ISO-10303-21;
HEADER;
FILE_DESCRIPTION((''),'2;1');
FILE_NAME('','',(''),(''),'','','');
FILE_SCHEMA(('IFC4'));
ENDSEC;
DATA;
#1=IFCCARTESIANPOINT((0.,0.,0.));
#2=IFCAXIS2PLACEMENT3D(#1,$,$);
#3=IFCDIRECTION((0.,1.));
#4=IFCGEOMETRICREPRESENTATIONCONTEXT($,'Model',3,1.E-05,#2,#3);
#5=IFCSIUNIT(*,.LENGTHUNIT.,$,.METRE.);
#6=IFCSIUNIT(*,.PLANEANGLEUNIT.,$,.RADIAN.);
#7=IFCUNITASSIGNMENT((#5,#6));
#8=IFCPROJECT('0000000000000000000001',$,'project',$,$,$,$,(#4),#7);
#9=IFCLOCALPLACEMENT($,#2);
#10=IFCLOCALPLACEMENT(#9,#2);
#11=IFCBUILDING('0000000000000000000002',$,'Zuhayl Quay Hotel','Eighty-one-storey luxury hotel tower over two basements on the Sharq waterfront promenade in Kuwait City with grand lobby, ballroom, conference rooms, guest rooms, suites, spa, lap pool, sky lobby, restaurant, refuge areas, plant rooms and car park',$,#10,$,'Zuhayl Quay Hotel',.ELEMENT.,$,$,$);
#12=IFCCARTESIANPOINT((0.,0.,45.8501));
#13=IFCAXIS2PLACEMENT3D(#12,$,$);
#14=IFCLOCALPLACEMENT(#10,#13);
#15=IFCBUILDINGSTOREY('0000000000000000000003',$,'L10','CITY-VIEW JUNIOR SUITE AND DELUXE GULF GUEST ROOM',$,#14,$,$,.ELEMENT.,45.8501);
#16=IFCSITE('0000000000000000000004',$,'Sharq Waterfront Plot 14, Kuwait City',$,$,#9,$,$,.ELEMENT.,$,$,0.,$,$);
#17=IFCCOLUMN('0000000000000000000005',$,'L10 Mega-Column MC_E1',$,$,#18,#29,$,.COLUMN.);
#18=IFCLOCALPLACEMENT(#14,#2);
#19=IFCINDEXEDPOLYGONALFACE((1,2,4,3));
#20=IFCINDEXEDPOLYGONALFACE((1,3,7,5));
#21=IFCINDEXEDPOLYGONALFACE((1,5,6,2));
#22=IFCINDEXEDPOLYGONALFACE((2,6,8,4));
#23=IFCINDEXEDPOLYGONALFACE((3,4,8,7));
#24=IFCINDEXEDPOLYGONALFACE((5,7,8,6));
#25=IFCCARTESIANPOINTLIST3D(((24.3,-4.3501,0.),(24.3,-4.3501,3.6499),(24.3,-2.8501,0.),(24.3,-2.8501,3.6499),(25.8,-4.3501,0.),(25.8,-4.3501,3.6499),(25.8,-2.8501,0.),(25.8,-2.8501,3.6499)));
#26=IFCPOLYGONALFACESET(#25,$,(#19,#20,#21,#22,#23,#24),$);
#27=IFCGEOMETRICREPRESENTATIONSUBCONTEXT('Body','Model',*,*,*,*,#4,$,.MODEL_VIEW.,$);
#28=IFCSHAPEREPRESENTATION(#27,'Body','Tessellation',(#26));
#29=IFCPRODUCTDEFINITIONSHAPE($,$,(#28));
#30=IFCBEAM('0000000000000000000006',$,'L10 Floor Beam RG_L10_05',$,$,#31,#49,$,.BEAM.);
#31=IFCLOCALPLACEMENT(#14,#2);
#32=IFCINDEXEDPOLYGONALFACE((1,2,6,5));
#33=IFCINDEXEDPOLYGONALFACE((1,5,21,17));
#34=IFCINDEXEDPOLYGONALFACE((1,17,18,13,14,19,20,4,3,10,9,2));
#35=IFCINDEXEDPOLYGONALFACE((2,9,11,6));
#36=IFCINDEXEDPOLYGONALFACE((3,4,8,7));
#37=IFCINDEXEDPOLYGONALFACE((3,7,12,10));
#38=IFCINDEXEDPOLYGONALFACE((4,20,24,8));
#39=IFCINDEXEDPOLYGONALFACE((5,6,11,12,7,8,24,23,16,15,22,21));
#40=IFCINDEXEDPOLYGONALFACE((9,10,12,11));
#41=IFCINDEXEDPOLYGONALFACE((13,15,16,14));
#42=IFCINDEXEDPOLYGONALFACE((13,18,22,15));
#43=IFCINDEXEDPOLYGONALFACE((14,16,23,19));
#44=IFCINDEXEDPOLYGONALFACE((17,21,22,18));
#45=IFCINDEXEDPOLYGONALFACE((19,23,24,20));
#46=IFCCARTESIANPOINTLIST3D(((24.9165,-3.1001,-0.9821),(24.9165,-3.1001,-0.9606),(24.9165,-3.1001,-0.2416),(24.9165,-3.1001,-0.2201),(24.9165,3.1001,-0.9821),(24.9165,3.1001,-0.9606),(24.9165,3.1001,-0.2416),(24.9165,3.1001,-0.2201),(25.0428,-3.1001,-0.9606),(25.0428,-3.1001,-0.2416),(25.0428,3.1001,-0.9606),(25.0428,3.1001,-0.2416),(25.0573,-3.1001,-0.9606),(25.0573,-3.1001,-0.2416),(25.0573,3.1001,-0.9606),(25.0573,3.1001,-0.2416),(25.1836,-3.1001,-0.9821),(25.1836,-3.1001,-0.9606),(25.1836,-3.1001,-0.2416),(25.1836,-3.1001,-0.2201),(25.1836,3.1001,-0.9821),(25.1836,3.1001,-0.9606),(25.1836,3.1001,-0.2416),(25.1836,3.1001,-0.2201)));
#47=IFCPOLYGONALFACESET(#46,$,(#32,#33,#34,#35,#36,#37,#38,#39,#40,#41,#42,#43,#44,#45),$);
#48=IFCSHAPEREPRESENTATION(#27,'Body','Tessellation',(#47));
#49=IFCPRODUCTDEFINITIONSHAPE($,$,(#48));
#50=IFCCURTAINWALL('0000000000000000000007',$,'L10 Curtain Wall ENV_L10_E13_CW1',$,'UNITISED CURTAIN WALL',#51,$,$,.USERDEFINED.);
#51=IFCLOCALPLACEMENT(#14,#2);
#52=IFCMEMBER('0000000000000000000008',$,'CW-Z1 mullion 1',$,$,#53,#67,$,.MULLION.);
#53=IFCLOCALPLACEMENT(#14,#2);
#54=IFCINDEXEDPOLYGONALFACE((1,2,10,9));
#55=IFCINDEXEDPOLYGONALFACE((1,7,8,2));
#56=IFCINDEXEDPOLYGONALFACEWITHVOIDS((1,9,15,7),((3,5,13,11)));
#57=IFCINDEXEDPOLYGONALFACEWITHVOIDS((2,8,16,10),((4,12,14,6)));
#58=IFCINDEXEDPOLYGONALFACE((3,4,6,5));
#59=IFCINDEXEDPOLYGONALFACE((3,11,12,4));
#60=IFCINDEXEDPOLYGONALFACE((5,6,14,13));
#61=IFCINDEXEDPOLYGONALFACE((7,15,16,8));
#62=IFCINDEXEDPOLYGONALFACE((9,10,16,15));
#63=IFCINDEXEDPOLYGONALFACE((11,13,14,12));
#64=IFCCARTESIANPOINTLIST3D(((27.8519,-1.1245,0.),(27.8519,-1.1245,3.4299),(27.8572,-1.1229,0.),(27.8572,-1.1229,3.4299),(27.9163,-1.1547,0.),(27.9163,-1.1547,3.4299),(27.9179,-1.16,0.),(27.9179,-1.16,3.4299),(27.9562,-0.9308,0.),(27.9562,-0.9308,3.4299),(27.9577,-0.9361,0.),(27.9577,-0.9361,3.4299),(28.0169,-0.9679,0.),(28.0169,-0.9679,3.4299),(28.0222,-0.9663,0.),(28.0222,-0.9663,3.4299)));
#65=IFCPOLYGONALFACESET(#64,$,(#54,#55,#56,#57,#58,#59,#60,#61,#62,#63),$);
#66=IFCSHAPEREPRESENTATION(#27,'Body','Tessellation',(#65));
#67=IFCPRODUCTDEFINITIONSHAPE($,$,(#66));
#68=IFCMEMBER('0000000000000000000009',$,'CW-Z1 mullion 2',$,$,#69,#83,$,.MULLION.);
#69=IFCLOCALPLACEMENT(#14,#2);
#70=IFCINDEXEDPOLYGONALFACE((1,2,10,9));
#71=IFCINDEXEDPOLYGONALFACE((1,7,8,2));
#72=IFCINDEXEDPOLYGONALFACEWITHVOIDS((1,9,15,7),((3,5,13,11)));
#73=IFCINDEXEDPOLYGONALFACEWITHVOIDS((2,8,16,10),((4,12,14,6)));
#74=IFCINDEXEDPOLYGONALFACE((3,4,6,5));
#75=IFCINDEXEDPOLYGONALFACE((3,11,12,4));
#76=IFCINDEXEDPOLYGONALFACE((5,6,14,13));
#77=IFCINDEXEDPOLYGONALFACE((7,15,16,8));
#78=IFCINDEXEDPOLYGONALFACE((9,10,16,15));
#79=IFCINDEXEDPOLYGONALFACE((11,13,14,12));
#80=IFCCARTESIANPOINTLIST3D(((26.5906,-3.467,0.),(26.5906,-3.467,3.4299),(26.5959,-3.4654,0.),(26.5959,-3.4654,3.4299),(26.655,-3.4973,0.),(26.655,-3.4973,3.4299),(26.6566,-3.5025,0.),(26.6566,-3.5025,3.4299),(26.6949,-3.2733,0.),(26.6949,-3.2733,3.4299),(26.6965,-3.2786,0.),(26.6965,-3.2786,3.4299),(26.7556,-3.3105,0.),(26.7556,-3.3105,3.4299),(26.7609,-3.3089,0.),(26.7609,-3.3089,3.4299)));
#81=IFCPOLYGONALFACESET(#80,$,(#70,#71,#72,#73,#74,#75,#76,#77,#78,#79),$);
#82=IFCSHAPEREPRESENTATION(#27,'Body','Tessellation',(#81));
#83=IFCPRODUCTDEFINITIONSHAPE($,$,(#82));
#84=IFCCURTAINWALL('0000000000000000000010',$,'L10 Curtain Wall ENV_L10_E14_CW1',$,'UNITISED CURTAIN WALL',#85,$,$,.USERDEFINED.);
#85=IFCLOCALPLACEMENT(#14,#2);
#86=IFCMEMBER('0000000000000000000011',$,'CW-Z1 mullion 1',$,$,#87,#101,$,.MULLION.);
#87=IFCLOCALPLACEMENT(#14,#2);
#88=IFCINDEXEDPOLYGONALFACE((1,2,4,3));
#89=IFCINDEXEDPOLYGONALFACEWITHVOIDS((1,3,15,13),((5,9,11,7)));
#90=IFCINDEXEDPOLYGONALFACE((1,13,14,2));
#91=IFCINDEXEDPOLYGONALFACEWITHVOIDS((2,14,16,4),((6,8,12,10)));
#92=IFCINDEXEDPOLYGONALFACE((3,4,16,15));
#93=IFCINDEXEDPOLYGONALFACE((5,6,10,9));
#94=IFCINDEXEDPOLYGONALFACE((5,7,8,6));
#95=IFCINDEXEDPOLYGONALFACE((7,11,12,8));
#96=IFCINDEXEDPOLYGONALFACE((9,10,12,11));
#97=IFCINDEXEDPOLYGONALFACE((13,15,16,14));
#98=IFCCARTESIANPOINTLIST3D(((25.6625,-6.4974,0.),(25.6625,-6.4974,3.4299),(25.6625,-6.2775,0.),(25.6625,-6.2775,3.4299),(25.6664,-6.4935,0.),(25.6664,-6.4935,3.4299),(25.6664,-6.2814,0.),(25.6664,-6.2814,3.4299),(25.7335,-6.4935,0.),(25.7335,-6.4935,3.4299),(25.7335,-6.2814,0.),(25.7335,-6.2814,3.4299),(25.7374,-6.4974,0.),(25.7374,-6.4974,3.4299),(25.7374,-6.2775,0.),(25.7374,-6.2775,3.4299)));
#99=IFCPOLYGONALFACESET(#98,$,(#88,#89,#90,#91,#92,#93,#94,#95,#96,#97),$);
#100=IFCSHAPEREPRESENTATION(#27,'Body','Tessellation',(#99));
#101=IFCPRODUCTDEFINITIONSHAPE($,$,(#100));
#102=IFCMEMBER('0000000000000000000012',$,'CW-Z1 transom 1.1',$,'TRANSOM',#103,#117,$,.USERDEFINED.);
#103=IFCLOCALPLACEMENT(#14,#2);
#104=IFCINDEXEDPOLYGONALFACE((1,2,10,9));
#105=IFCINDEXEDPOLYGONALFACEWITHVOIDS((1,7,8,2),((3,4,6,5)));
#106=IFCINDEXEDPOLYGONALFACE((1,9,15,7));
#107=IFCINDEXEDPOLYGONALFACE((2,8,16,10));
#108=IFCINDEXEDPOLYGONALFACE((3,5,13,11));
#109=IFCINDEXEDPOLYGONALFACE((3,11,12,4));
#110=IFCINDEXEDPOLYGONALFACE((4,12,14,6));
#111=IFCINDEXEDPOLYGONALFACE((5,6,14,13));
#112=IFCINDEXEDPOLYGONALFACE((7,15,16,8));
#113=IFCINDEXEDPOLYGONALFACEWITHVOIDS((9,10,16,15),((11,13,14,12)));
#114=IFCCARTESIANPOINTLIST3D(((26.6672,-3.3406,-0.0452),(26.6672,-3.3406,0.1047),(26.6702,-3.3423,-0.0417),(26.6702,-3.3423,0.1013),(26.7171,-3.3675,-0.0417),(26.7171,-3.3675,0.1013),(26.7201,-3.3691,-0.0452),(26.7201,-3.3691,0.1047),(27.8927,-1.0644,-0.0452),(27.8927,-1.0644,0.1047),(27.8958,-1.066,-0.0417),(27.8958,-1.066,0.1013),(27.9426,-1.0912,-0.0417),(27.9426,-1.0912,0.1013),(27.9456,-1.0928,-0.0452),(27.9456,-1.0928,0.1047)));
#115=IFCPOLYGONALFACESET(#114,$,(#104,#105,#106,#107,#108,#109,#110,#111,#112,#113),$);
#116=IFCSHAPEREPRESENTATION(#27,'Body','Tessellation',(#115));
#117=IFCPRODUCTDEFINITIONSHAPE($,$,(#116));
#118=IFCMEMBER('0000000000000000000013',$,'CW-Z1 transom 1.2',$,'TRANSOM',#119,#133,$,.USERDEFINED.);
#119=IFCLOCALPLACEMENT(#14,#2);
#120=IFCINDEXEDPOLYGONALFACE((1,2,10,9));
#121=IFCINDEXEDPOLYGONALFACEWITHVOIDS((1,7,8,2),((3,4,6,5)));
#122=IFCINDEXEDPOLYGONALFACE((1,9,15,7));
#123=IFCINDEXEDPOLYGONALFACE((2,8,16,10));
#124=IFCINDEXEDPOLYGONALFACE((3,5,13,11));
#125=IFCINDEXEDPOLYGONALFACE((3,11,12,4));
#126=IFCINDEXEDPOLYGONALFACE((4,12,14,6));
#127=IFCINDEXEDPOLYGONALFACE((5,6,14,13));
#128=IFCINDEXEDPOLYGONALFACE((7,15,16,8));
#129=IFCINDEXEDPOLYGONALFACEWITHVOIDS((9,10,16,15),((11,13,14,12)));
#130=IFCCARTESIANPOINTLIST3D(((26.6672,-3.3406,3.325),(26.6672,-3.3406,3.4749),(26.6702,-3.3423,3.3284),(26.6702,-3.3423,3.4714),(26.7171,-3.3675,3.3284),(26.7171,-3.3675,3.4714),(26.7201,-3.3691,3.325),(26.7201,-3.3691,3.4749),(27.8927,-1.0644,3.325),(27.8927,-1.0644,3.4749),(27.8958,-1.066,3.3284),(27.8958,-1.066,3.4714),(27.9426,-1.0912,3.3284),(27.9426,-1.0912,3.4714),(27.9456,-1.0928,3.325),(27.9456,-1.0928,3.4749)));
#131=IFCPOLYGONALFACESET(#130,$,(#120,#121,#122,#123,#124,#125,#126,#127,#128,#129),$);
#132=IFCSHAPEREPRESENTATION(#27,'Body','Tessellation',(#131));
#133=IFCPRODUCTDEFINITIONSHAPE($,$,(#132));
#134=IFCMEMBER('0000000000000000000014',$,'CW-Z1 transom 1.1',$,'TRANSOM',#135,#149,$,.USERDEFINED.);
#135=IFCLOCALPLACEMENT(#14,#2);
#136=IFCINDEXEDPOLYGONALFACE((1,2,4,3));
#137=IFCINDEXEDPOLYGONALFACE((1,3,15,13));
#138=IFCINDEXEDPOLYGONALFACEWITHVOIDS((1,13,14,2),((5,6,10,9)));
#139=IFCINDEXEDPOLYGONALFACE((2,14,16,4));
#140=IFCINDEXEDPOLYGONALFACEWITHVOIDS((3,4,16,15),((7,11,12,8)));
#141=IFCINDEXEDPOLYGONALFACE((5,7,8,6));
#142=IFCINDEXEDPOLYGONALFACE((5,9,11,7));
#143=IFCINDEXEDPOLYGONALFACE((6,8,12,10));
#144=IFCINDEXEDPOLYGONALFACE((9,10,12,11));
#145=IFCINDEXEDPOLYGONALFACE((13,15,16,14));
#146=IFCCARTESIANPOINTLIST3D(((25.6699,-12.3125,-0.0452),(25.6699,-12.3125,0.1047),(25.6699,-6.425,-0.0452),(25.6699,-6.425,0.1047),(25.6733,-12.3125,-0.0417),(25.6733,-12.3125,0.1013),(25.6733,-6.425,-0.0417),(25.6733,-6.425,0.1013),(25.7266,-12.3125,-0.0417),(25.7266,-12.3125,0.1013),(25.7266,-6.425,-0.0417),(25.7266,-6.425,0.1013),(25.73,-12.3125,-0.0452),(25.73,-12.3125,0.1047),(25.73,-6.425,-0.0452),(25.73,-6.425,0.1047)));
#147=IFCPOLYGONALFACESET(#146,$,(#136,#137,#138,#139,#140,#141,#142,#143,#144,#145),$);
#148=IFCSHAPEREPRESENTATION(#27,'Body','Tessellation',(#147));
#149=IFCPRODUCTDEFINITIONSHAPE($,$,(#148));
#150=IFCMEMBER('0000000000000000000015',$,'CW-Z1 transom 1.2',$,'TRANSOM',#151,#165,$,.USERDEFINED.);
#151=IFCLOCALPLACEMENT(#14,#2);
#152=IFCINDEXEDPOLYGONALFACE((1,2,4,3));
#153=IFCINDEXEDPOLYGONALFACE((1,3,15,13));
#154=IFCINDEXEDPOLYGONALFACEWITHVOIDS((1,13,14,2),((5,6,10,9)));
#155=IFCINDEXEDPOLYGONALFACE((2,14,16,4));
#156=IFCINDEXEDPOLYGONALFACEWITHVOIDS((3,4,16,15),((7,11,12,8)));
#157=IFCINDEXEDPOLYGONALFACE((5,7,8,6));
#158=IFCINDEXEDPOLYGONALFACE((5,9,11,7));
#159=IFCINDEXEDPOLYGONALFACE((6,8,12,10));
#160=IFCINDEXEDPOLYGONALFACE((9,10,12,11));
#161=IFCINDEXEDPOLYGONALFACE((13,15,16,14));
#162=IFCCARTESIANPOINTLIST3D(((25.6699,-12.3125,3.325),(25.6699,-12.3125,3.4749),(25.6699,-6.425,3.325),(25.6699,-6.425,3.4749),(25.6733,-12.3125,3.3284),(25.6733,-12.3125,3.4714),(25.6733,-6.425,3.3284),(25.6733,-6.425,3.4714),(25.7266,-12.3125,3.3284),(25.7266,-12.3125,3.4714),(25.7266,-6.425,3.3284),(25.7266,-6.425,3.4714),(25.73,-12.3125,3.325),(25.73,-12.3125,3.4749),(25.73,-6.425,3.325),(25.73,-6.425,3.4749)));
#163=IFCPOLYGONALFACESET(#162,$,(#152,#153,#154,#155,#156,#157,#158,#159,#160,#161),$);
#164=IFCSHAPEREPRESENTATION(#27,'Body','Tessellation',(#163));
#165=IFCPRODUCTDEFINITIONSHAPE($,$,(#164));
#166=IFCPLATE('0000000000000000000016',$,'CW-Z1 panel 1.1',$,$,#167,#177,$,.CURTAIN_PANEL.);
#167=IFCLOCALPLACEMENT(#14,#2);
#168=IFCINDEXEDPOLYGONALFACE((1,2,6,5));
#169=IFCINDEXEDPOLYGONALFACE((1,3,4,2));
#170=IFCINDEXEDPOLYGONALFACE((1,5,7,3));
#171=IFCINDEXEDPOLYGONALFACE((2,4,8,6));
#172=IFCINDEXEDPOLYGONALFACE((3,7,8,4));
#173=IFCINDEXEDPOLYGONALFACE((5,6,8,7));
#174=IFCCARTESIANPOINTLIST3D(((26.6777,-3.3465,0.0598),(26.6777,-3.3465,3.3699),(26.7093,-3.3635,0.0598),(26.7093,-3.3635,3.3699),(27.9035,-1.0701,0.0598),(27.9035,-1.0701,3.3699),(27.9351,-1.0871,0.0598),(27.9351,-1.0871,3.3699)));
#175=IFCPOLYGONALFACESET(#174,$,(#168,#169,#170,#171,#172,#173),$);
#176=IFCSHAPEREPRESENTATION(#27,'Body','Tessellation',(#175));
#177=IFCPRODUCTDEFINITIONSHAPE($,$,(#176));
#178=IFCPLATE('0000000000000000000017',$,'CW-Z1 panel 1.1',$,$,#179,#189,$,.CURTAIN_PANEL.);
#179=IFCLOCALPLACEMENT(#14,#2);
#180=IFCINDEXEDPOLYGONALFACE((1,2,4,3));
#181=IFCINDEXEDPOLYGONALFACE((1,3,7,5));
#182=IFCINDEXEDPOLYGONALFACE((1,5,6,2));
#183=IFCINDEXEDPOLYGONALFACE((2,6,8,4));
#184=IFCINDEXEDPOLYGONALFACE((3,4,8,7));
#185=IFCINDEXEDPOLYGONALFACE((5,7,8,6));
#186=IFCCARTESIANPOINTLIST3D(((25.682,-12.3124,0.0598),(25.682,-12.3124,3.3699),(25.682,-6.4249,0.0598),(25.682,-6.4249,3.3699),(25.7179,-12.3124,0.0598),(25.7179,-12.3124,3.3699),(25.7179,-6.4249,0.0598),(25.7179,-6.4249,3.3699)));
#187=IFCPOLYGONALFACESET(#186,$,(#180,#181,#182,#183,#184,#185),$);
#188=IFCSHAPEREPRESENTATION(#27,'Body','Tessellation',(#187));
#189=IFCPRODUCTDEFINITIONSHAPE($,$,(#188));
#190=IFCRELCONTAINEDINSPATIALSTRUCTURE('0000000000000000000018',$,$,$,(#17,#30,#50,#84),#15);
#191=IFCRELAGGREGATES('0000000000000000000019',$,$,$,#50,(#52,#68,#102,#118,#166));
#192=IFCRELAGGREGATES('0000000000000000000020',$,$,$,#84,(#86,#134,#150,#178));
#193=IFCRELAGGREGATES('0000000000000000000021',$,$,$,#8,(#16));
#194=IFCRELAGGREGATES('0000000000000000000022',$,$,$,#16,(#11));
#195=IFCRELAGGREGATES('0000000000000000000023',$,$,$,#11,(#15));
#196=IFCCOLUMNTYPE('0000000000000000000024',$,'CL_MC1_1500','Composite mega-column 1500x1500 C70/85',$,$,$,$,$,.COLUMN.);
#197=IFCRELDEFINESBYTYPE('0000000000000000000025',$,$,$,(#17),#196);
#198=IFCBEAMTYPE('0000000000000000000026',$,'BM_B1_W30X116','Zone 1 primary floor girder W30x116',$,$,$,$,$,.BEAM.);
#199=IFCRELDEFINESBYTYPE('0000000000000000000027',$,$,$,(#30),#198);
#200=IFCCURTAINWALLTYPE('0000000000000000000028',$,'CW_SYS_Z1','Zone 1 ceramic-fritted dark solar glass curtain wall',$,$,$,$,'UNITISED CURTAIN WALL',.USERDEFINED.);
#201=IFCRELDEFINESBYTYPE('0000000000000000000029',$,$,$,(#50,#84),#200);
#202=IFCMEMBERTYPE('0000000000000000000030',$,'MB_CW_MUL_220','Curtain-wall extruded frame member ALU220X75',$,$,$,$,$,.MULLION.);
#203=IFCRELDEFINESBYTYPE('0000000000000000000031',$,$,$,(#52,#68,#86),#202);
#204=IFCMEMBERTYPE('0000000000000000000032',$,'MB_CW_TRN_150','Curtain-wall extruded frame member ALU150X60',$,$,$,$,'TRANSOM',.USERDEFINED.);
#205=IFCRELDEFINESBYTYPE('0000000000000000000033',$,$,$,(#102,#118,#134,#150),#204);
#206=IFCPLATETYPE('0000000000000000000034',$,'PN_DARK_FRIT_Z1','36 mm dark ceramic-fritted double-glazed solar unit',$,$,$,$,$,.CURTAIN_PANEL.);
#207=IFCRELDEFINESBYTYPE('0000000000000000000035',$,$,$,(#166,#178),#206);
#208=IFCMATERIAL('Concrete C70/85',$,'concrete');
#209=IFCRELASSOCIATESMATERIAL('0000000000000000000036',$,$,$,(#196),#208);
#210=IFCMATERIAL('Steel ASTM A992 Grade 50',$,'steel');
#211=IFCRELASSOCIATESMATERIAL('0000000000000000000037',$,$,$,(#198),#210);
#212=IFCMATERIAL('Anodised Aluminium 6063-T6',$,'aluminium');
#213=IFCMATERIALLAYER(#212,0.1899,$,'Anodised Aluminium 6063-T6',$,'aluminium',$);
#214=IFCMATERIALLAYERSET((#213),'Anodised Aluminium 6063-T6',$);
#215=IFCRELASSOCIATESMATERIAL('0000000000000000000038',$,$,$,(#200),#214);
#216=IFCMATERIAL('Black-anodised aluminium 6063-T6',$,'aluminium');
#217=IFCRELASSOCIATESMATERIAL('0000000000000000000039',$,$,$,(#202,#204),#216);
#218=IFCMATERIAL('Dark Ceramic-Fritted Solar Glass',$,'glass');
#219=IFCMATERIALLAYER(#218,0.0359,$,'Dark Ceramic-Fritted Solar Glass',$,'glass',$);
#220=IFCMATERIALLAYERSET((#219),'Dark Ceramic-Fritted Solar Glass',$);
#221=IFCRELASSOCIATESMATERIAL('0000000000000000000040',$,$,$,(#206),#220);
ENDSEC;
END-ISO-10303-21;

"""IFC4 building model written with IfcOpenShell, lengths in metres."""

from ifc_helpers import new_model, si_unit, direction, frame, origin, origin_2d, place, context, subcontext, project, spatial, rectangle, hollow_rectangle, i_section, extrude, material, layer, layer_set, material_profile, profile_set, type_object, element, aggregate, save


model = new_model("IFC4")

# Units and contexts
model_context = context("Model", 3, precision=1e-05, world=origin(), true_north=direction((0.0, 1.0)))
body_context = subcontext(model_context, "Body", "Model", "MODEL_VIEW")
ifc_project = project(units=[si_unit("LENGTHUNIT", "METRE"), si_unit("PLANEANGLEUNIT", "RADIAN")], contexts=[model_context])

# Site, building, storey
site_placement = place(None, origin())
site = spatial("IfcSite", under=ifc_project, at=site_placement, Name="Sharq Waterfront Plot 14, Kuwait City", CompositionType="ELEMENT", RefElevation=0.0)
building_placement = place(site_placement, origin())
building = spatial("IfcBuilding", under=site, at=building_placement, Name="Zuhayl Quay Hotel", Description="Eighty-one-storey luxury hotel tower over two basements on the Sharq waterfront promenade in Kuwait City with grand lobby, ballroom, conference rooms, guest rooms, suites, spa, lap pool, sky lobby, restaurant, refuge areas, plant rooms and car park", LongName="Zuhayl Quay Hotel", CompositionType="ELEMENT")
storey_placement = place(building_placement, frame((0.0, 0.0, 45.8501)))
storey = spatial("IfcBuildingStorey", under=building, at=storey_placement, Name="L10", Description="CITY-VIEW JUNIOR SUITE AND DELUXE GULF GUEST ROOM", CompositionType="ELEMENT", Elevation=45.8501)

# Column
ifc_material_1 = material(Name="Concrete C70/85", Category="concrete")
ifc_material_profile_1 = material_profile(ifc_material_1, rectangle(XDim=1.5, YDim=1.5, at=origin_2d()), Name="RC1500X1500")
ifc_profile_set_1 = profile_set([ifc_material_profile_1], Name="Concrete C70/85")
column_type = type_object("IfcColumnType", Name="CL_MC1_1500", Description="Composite mega-column 1500x1500 C70/85", PredefinedType="COLUMN", material=ifc_profile_set_1)
column_placement = place(storey_placement, frame((25.05, -3.6001, 0.0), z_axis=(0.0, 0.0, 1.0), x_axis=(1.0, 0.0, 0.0)))
element("IfcColumn", 1, at=column_placement, inside=storey, type_object=column_type, Name="L10 Mega-Column MC_E1", PredefinedType="COLUMN", context=body_context, shape_type="SweptSolid", body=[
    extrude(rectangle(XDim=1.5, YDim=1.5, at=origin_2d()), origin(), (0.0, 0.0, 1.0), 3.6499),
])

# Beam
ifc_material_2 = material(Name="Steel ASTM A992 Grade 50", Category="steel")
ifc_material_profile_2 = material_profile(ifc_material_2, i_section(OverallWidth=0.2671, OverallDepth=0.762, WebThickness=0.0144, FlangeThickness=0.0215, at=origin_2d()), Name="W30X116")
ifc_profile_set_2 = profile_set([ifc_material_profile_2], Name="Steel ASTM A992 Grade 50")
beam_type = type_object("IfcBeamType", Name="BM_B1_W30X116", Description="Zone 1 primary floor girder W30x116", PredefinedType="BEAM", material=ifc_profile_set_2)
beam_placement = place(storey_placement, frame((25.05, -3.1001, -0.6011), z_axis=(0.0, 1.0, 0.0), x_axis=(-1.0, 0.0, 0.0)))
element("IfcBeam", 2, at=beam_placement, inside=storey, type_object=beam_type, Name="L10 Floor Beam RG_L10_05", PredefinedType="BEAM", context=body_context, shape_type="SweptSolid", body=[
    extrude(i_section(OverallWidth=0.2671, OverallDepth=0.762, WebThickness=0.0144, FlangeThickness=0.0215, at=origin_2d()), origin(), (0.0, 0.0, 1.0), 6.2002),
])

# Curtain wall, members
ifc_material_3 = material(Name="Anodised Aluminium 6063-T6", Category="aluminium")
ifc_layer_1 = layer(ifc_material_3, 0.1899, Name="Anodised Aluminium 6063-T6", Category="aluminium")
ifc_layer_set_1 = layer_set([ifc_layer_1], Name="Anodised Aluminium 6063-T6")
curtain_wall_type = type_object("IfcCurtainWallType", Name="CW_SYS_Z1", Description="Zone 1 ceramic-fritted dark solar glass curtain wall", ElementType="UNITISED CURTAIN WALL", PredefinedType="USERDEFINED", material=ifc_layer_set_1)
curtain_wall_1_placement = place(storey_placement, origin())
curtain_wall_1 = element("IfcCurtainWall", 3, at=curtain_wall_1_placement, inside=storey, type_object=curtain_wall_type, Name="L10 Curtain Wall ENV_L10_E13_CW1", ObjectType="UNITISED CURTAIN WALL", PredefinedType="USERDEFINED")
ifc_material_4 = material(Name="Black-anodised aluminium 6063-T6", Category="aluminium")
ifc_material_profile_3 = material_profile(ifc_material_4, hollow_rectangle(XDim=0.075, YDim=0.22, WallThickness=0.0039, at=origin_2d()), Name="ALU220X75")
ifc_profile_set_3 = profile_set([ifc_material_profile_3], Name="Black-anodised aluminium 6063-T6")
member_type_1 = type_object("IfcMemberType", Name="MB_CW_MUL_220", Description="Curtain-wall extruded frame member ALU220X75", PredefinedType="MULLION", material=ifc_profile_set_3)
member_1_placement = place(storey_placement, frame((27.937, -1.0454, 0.0), z_axis=(0.0, 0.0, 1.0), x_axis=(0.880476, -0.474091, 0.0)))
member_1 = element("IfcMember", 4, at=member_1_placement, type_object=member_type_1, Name="CW-Z1 mullion 1", PredefinedType="MULLION", context=body_context, shape_type="SweptSolid", body=[
    extrude(hollow_rectangle(XDim=0.075, YDim=0.22, WallThickness=0.0039, at=origin_2d()), origin(), (0.0, 0.0, 1.0), 3.4299),
])
member_2_placement = place(storey_placement, frame((26.6758, -3.3879, 0.0), z_axis=(0.0, 0.0, 1.0), x_axis=(0.880476, -0.474091, 0.0)))
member_2 = element("IfcMember", 5, at=member_2_placement, type_object=member_type_1, Name="CW-Z1 mullion 2", PredefinedType="MULLION", context=body_context, shape_type="SweptSolid", body=[
    extrude(hollow_rectangle(XDim=0.075, YDim=0.22, WallThickness=0.0039, at=origin_2d()), origin(), (0.0, 0.0, 1.0), 3.4299),
])

# Curtain wall, member
curtain_wall_2_placement = place(storey_placement, origin())
curtain_wall_2 = element("IfcCurtainWall", 6, at=curtain_wall_2_placement, inside=storey, type_object=curtain_wall_type, Name="L10 Curtain Wall ENV_L10_E14_CW1", ObjectType="UNITISED CURTAIN WALL", PredefinedType="USERDEFINED")
member_3_placement = place(storey_placement, frame((25.7, -6.3875, 0.0), z_axis=(0.0, 0.0, 1.0), x_axis=(1.0, 0.0, 0.0)))
member_3 = element("IfcMember", 7, at=member_3_placement, type_object=member_type_1, Name="CW-Z1 mullion 1", PredefinedType="MULLION", context=body_context, shape_type="SweptSolid", body=[
    extrude(hollow_rectangle(XDim=0.075, YDim=0.22, WallThickness=0.0039, at=origin_2d()), origin(), (0.0, 0.0, 1.0), 3.4299),
])

# Members
ifc_material_profile_4 = material_profile(ifc_material_4, hollow_rectangle(XDim=0.0601, YDim=0.1499, WallThickness=0.0034, at=origin_2d()), Name="ALU150X60")
ifc_profile_set_4 = profile_set([ifc_material_profile_4], Name="Black-anodised aluminium 6063-T6")
member_type_2 = type_object("IfcMemberType", Name="MB_CW_TRN_150", Description="Curtain-wall extruded frame member ALU150X60", ElementType="TRANSOM", PredefinedType="USERDEFINED", material=ifc_profile_set_4)
member_4_placement = place(storey_placement, frame((27.9192, -1.0786, 0.0298), z_axis=(-0.474055, -0.880495, 0.0), x_axis=(0.880495, -0.474055, 0.0)))
member_4 = element("IfcMember", 8, at=member_4_placement, type_object=member_type_2, Name="CW-Z1 transom 1.1", ObjectType="TRANSOM", PredefinedType="USERDEFINED", context=body_context, shape_type="SweptSolid", body=[
    extrude(hollow_rectangle(XDim=0.0601, YDim=0.1499, WallThickness=0.0034, at=origin_2d()), origin(), (0.0, 0.0, 1.0), 2.5852),
])
member_5_placement = place(storey_placement, frame((27.9192, -1.0786, 3.3999), z_axis=(-0.474055, -0.880495, 0.0), x_axis=(0.880495, -0.474055, 0.0)))
member_5 = element("IfcMember", 9, at=member_5_placement, type_object=member_type_2, Name="CW-Z1 transom 1.2", ObjectType="TRANSOM", PredefinedType="USERDEFINED", context=body_context, shape_type="SweptSolid", body=[
    extrude(hollow_rectangle(XDim=0.0601, YDim=0.1499, WallThickness=0.0034, at=origin_2d()), origin(), (0.0, 0.0, 1.0), 2.5852),
])
member_6_placement = place(storey_placement, frame((25.7, -6.425, 0.0298), z_axis=(0.0, -1.0, 0.0), x_axis=(1.0, 0.0, 0.0)))
member_6 = element("IfcMember", 10, at=member_6_placement, type_object=member_type_2, Name="CW-Z1 transom 1.1", ObjectType="TRANSOM", PredefinedType="USERDEFINED", context=body_context, shape_type="SweptSolid", body=[
    extrude(hollow_rectangle(XDim=0.0601, YDim=0.1499, WallThickness=0.0034, at=origin_2d()), origin(), (0.0, 0.0, 1.0), 5.8875),
])
member_7_placement = place(storey_placement, frame((25.7, -6.425, 3.3999), z_axis=(0.0, -1.0, 0.0), x_axis=(1.0, 0.0, 0.0)))
member_7 = element("IfcMember", 11, at=member_7_placement, type_object=member_type_2, Name="CW-Z1 transom 1.2", ObjectType="TRANSOM", PredefinedType="USERDEFINED", context=body_context, shape_type="SweptSolid", body=[
    extrude(hollow_rectangle(XDim=0.0601, YDim=0.1499, WallThickness=0.0034, at=origin_2d()), origin(), (0.0, 0.0, 1.0), 5.8875),
])

# Plates
ifc_material_5 = material(Name="Dark Ceramic-Fritted Solar Glass", Category="glass")
ifc_layer_2 = layer(ifc_material_5, 0.0359, Name="Dark Ceramic-Fritted Solar Glass", Category="glass")
ifc_layer_set_2 = layer_set([ifc_layer_2], Name="Dark Ceramic-Fritted Solar Glass")
plate_type = type_object("IfcPlateType", Name="PN_DARK_FRIT_Z1", Description="36 mm dark ceramic-fritted double-glazed solar unit", PredefinedType="CURTAIN_PANEL", material=ifc_layer_set_2)
plate_1_placement = place(storey_placement, frame((27.3064, -2.2168, 0.0598), z_axis=(0.0, 0.0, 1.0), x_axis=(-0.474091, -0.880476, 0.0)))
plate_1 = element("IfcPlate", 12, at=plate_1_placement, type_object=plate_type, Name="CW-Z1 panel 1.1", PredefinedType="CURTAIN_PANEL", context=body_context, shape_type="SweptSolid", body=[
    extrude(rectangle(XDim=2.5854, YDim=0.0359, at=origin_2d()), origin(), (0.0, 0.0, 1.0), 3.3101),
])
aggregate(curtain_wall_1, [member_1, member_2, member_4, member_5, plate_1])
plate_2_placement = place(storey_placement, frame((25.7, -9.3687, 0.0598), z_axis=(0.0, 0.0, 1.0), x_axis=(0.0, -1.0, 0.0)))
plate_2 = element("IfcPlate", 13, at=plate_2_placement, type_object=plate_type, Name="CW-Z1 panel 1.1", PredefinedType="CURTAIN_PANEL", context=body_context, shape_type="SweptSolid", body=[
    extrude(rectangle(XDim=5.8875, YDim=0.0359, at=origin_2d()), origin(), (0.0, 0.0, 1.0), 3.3101),
])
aggregate(curtain_wall_2, [member_3, member_6, member_7, plate_2])

save(model, "model.ifc")
